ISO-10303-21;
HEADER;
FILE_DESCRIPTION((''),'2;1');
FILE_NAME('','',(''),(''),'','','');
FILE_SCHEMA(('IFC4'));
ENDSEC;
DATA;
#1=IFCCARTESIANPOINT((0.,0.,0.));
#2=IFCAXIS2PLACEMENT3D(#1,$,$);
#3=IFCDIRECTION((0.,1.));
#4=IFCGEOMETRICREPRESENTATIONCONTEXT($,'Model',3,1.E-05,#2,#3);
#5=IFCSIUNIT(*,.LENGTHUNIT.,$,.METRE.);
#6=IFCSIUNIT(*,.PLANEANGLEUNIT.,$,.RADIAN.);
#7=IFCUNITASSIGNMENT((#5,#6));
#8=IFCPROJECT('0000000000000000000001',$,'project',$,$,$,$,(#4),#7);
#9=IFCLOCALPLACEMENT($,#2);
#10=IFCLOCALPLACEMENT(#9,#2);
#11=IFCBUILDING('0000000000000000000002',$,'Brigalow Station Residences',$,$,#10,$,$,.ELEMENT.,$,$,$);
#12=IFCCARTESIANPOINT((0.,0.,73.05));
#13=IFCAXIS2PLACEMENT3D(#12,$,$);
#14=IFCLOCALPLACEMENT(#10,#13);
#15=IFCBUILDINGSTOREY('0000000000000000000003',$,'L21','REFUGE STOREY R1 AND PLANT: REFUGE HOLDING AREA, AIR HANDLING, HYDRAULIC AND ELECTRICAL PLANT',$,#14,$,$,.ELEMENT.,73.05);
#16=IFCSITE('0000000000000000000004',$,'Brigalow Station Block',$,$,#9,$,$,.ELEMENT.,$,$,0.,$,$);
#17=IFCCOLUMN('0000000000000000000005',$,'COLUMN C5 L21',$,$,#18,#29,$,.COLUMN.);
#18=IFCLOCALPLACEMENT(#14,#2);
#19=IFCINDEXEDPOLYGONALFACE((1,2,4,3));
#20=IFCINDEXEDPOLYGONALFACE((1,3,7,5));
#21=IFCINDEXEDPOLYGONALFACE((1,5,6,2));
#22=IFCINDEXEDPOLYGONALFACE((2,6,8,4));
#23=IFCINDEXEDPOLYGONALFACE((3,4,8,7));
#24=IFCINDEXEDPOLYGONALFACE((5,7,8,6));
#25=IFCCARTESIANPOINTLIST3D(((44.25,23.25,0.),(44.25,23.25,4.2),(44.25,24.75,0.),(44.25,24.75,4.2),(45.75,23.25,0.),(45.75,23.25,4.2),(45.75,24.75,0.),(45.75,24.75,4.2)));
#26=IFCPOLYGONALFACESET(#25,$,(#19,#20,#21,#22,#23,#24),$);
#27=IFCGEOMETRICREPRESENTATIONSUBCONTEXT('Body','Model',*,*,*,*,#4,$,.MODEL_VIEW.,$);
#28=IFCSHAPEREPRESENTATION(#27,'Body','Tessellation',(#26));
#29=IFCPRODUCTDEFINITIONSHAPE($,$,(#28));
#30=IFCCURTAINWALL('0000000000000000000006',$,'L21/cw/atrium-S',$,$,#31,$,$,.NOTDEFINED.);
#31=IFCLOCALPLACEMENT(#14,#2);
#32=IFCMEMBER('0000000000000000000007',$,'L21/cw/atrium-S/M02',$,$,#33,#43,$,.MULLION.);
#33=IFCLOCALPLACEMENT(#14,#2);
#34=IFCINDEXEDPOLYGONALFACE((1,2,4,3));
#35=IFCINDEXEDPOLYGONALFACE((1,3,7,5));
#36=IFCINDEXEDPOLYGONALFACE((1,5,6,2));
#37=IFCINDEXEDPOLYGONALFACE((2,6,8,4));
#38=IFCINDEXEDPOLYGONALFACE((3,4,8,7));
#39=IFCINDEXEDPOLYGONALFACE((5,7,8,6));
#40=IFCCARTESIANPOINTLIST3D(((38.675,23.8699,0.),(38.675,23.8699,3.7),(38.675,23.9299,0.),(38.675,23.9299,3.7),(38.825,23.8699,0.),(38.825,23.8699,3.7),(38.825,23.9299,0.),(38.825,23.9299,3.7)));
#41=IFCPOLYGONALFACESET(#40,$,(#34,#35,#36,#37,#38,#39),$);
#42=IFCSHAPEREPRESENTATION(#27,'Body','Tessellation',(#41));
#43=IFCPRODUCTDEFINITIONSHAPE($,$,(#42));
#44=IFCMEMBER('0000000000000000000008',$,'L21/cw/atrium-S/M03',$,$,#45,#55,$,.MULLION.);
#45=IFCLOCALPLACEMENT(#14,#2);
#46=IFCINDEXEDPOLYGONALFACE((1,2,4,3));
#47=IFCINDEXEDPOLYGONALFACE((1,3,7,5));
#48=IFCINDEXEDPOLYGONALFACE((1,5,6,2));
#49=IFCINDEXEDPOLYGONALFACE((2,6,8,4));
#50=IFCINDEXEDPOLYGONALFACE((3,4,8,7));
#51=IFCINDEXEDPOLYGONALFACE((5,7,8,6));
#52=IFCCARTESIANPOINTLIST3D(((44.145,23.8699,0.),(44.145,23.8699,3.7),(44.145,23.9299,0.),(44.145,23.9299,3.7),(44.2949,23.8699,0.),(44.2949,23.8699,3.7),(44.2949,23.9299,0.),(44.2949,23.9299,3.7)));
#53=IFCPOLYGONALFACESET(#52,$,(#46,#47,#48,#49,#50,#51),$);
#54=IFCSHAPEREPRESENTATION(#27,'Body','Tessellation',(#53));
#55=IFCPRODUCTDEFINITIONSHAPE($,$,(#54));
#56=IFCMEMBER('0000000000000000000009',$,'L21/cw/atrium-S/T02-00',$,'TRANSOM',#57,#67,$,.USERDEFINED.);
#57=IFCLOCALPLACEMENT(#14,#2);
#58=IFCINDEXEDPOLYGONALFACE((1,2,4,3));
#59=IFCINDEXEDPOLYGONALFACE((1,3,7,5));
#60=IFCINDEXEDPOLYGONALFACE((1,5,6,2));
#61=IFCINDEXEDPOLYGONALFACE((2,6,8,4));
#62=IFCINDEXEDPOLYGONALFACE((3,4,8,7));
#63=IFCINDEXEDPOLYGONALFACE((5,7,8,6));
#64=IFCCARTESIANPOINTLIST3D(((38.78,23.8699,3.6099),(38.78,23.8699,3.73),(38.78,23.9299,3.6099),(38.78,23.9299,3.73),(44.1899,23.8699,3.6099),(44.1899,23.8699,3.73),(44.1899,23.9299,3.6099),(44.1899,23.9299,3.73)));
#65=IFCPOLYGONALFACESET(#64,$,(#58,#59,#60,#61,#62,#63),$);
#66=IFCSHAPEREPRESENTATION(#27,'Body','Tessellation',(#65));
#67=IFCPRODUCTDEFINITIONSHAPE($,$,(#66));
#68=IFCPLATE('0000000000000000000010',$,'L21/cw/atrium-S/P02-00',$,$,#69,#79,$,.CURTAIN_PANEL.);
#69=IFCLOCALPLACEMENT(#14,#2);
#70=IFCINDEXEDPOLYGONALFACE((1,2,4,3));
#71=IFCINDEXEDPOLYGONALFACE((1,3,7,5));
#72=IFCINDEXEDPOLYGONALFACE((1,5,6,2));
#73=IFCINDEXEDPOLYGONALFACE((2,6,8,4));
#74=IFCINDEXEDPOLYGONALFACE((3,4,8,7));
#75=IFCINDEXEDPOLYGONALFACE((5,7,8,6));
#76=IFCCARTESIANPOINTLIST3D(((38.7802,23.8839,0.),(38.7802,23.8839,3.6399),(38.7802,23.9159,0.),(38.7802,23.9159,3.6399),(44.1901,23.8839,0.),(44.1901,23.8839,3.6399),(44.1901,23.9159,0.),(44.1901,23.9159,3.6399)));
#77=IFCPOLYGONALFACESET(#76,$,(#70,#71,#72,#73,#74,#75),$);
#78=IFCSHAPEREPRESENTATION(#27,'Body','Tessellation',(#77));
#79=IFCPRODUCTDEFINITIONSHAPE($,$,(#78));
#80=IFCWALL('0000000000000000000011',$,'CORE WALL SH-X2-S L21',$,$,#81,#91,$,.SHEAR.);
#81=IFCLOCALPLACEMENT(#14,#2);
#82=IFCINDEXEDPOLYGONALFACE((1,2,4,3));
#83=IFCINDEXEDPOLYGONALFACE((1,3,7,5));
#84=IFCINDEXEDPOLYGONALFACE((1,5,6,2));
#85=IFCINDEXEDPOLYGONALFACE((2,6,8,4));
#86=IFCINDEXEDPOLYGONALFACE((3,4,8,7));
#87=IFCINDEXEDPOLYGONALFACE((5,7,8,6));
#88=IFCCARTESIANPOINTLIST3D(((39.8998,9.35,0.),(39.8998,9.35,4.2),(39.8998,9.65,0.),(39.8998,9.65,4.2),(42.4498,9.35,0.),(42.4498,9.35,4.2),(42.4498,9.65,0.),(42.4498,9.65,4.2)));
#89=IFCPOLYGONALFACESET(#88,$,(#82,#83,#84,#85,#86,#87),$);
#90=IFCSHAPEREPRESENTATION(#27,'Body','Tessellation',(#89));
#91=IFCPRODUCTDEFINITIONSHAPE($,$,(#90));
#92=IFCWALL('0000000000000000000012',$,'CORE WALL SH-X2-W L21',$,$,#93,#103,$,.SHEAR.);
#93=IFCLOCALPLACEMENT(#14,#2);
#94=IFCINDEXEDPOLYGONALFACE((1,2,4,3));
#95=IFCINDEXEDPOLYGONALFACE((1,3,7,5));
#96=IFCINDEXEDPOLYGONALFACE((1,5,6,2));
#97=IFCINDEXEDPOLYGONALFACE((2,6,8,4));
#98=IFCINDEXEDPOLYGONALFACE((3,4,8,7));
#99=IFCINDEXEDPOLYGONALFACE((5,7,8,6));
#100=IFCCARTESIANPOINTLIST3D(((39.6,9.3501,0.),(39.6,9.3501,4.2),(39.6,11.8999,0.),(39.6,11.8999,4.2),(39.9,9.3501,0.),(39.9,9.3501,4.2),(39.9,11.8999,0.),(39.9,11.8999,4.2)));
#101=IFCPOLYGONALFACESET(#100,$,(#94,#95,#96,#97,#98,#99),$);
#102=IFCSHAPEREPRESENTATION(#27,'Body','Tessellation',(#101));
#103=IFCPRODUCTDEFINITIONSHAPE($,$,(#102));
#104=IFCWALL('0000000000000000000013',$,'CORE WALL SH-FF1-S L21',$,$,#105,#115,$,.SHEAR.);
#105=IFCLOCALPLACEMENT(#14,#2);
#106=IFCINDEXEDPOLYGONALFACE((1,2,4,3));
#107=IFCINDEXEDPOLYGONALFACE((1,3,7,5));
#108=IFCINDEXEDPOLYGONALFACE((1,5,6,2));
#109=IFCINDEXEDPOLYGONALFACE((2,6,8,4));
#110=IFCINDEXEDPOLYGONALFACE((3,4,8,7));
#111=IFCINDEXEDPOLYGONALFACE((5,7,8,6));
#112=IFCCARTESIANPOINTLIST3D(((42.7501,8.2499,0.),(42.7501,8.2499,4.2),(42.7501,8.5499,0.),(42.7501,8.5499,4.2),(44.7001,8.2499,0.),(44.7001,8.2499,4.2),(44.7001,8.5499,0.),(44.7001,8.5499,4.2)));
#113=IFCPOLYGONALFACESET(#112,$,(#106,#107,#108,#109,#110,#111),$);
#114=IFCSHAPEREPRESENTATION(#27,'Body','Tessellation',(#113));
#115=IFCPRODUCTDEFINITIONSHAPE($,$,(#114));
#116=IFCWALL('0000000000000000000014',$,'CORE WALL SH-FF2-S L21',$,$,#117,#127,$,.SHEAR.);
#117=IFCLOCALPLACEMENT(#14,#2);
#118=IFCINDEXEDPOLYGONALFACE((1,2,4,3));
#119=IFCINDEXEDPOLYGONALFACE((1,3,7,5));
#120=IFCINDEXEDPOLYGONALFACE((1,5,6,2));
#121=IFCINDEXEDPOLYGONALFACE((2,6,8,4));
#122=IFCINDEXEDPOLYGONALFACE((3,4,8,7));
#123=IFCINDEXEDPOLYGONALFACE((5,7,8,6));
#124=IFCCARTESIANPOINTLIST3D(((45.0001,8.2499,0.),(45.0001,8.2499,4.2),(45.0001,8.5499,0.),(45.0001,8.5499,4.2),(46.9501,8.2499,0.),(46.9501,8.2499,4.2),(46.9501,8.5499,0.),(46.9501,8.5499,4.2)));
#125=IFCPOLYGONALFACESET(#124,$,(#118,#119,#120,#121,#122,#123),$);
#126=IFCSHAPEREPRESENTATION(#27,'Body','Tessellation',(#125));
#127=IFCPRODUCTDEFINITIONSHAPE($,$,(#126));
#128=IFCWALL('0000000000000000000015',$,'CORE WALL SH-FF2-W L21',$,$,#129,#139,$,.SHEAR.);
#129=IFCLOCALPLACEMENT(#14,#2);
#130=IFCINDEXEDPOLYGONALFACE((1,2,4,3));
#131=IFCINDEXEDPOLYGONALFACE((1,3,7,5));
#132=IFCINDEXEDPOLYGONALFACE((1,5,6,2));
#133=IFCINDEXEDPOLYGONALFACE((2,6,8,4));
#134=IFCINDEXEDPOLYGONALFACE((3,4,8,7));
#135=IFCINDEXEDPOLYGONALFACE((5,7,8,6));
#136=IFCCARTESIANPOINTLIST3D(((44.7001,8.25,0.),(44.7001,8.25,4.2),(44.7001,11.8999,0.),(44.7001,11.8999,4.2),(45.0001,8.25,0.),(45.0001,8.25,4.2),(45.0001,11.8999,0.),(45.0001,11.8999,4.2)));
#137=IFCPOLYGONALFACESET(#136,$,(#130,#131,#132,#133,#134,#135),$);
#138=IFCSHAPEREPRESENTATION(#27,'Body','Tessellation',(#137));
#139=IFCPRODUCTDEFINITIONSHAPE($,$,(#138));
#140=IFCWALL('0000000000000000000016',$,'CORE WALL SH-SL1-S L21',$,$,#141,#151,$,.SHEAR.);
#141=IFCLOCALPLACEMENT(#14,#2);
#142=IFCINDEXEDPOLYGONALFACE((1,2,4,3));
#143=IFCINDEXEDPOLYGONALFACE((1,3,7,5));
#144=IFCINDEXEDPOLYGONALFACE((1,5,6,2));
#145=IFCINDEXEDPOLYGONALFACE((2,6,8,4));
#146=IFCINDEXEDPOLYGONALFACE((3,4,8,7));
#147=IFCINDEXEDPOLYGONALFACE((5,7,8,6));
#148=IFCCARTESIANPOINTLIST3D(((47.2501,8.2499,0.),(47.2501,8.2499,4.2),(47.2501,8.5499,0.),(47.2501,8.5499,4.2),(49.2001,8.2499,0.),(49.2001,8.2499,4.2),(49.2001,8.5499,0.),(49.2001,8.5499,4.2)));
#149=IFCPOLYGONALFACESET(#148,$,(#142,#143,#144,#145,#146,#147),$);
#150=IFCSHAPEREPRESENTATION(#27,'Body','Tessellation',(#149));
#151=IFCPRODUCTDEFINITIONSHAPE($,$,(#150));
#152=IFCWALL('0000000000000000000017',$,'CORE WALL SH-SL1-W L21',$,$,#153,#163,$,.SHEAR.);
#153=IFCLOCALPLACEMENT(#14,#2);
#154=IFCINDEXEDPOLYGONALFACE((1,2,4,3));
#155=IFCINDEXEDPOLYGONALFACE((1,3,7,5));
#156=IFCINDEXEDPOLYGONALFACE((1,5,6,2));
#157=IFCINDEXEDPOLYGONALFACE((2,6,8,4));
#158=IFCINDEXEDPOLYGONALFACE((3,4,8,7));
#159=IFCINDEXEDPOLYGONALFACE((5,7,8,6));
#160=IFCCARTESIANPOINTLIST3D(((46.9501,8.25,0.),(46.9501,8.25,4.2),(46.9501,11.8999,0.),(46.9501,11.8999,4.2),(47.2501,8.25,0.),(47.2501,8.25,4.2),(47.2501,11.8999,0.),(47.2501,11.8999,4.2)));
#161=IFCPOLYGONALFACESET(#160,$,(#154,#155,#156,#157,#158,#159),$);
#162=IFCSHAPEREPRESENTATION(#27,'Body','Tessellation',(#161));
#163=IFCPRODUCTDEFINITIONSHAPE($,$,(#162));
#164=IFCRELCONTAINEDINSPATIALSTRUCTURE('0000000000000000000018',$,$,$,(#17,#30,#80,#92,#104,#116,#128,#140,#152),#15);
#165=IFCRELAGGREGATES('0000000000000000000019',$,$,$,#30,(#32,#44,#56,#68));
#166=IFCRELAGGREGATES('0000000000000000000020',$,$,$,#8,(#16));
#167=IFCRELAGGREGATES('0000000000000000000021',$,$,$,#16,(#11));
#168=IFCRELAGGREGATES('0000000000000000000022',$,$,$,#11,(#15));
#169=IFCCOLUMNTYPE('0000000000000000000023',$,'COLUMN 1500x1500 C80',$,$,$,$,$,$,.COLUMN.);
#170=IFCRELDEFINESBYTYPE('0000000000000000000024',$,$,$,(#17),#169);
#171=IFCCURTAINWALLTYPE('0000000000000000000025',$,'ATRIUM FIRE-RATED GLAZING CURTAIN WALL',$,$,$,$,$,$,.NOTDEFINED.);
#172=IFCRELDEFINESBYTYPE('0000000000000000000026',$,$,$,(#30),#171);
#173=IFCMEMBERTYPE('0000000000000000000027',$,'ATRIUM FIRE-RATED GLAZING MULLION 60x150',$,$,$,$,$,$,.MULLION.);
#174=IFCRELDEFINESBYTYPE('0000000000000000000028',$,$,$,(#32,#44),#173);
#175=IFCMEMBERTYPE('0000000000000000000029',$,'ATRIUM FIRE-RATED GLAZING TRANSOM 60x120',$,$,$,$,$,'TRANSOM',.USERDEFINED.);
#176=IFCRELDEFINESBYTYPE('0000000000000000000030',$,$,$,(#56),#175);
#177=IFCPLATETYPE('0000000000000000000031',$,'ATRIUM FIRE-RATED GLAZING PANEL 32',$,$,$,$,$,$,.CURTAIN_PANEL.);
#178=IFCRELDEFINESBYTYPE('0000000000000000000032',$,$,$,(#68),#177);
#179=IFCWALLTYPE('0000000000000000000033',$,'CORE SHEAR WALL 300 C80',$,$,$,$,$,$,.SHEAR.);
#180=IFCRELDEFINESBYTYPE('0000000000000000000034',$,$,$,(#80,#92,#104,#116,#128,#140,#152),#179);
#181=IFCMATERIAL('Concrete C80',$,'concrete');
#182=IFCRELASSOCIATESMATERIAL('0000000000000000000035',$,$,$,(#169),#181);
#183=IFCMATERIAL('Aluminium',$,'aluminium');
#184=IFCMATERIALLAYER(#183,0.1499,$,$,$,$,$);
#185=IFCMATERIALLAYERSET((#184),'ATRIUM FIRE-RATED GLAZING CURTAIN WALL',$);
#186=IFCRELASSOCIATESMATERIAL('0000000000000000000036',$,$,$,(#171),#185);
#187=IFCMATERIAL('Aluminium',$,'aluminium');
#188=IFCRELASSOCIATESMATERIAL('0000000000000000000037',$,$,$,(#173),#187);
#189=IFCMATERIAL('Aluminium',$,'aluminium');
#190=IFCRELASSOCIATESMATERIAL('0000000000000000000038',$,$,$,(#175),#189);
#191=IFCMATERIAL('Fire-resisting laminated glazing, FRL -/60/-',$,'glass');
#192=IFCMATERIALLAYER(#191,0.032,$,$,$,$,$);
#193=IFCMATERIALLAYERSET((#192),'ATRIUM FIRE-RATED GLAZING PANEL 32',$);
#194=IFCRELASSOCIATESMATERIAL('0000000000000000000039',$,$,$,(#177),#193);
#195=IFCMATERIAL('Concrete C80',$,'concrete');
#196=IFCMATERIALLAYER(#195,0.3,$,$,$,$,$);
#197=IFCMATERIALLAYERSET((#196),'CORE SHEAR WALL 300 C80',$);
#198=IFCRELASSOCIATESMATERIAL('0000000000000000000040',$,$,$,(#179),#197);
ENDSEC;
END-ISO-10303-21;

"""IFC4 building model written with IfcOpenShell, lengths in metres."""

from ifc_helpers import new_model, si_unit, direction, frame, frame_2d, origin, origin_2d, place, context, subcontext, project, spatial, rectangle, extrude, material, layer, layer_set, material_profile, profile_set, type_object, element, aggregate, save


model = new_model("IFC4")

# Units and contexts
model_context = context("Model", 3, precision=1e-05, world=origin(), true_north=direction((0.0, 1.0)))
body_context = subcontext(model_context, "Body", "Model", "MODEL_VIEW")
ifc_project = project(units=[si_unit("LENGTHUNIT", "METRE"), si_unit("PLANEANGLEUNIT", "RADIAN")], contexts=[model_context])

# Site, building, storey
site_placement = place(None, origin())
site = spatial("IfcSite", under=ifc_project, at=site_placement, Name="Brigalow Station Block", CompositionType="ELEMENT", RefElevation=0.0)
building_placement = place(site_placement, origin())
building = spatial("IfcBuilding", under=site, at=building_placement, Name="Brigalow Station Residences", CompositionType="ELEMENT")
storey_placement = place(building_placement, frame((0.0, 0.0, 73.05)))
storey = spatial("IfcBuildingStorey", under=building, at=storey_placement, Name="L21", Description="REFUGE STOREY R1 AND PLANT: REFUGE HOLDING AREA, AIR HANDLING, HYDRAULIC AND ELECTRICAL PLANT", CompositionType="ELEMENT", Elevation=73.05)

# Column
ifc_material_1 = material(Name="Concrete C80", Category="concrete")
ifc_material_profile_1 = material_profile(ifc_material_1, rectangle(XDim=1.5, YDim=1.5, at=origin_2d()), Name="RC1500x1500")
ifc_profile_set_1 = profile_set([ifc_material_profile_1], Name="Concrete C80")
column_type = type_object("IfcColumnType", Name="COLUMN 1500x1500 C80", PredefinedType="COLUMN", material=ifc_profile_set_1)
column_placement = place(storey_placement, frame((45.0, 24.0, 0.0), z_axis=(0.0, 0.0, 1.0), x_axis=(1.0, 0.0, 0.0)))
element("IfcColumn", 1, at=column_placement, inside=storey, type_object=column_type, Name="COLUMN C5 L21", PredefinedType="COLUMN", context=body_context, shape_type="SweptSolid", body=[
    extrude(rectangle(XDim=1.5, YDim=1.5, at=origin_2d()), origin(), (0.0, 0.0, 1.0), 4.2),
])

# Curtain wall, members, plate
ifc_material_2 = material(Name="Aluminium", Category="aluminium")
ifc_layer_1 = layer(ifc_material_2, 0.1499)
ifc_layer_set_1 = layer_set([ifc_layer_1], Name="ATRIUM FIRE-RATED GLAZING CURTAIN WALL")
curtain_wall_type = type_object("IfcCurtainWallType", Name="ATRIUM FIRE-RATED GLAZING CURTAIN WALL", PredefinedType="NOTDEFINED", material=ifc_layer_set_1)
curtain_wall_placement = place(storey_placement, origin())
curtain_wall = element("IfcCurtainWall", 2, at=curtain_wall_placement, inside=storey, type_object=curtain_wall_type, Name="L21/cw/atrium-S", PredefinedType="NOTDEFINED")
ifc_material_3 = material(Name="Aluminium", Category="aluminium")
ifc_material_profile_2 = material_profile(ifc_material_3, rectangle(XDim=0.0601, YDim=0.1499, at=origin_2d()), Name="ATRIUM FIRE-RATED GLAZING MULLION 60x150")
ifc_profile_set_2 = profile_set([ifc_material_profile_2], Name="Aluminium")
member_type_1 = type_object("IfcMemberType", Name="ATRIUM FIRE-RATED GLAZING MULLION 60x150", PredefinedType="MULLION", material=ifc_profile_set_2)
member_1_placement = place(storey_placement, frame((38.75, 23.8999, 0.0), z_axis=(0.0, 0.0, 1.0), x_axis=(0.0, 1.0, 0.0)))
member_1 = element("IfcMember", 3, at=member_1_placement, type_object=member_type_1, Name="L21/cw/atrium-S/M02", PredefinedType="MULLION", context=body_context, shape_type="SweptSolid", body=[
    extrude(rectangle(XDim=0.0601, YDim=0.1499, at=origin_2d()), origin(), (0.0, 0.0, 1.0), 3.7),
])
member_2_placement = place(storey_placement, frame((44.22, 23.8999, 0.0), z_axis=(0.0, 0.0, 1.0), x_axis=(0.0, 1.0, 0.0)))
member_2 = element("IfcMember", 4, at=member_2_placement, type_object=member_type_1, Name="L21/cw/atrium-S/M03", PredefinedType="MULLION", context=body_context, shape_type="SweptSolid", body=[
    extrude(rectangle(XDim=0.0601, YDim=0.1499, at=origin_2d()), origin(), (0.0, 0.0, 1.0), 3.7),
])
ifc_material_4 = material(Name="Aluminium", Category="aluminium")
ifc_material_profile_3 = material_profile(ifc_material_4, rectangle(XDim=0.0601, YDim=0.1201, at=origin_2d()), Name="ATRIUM FIRE-RATED GLAZING TRANSOM 60x120")
ifc_profile_set_3 = profile_set([ifc_material_profile_3], Name="Aluminium")
member_type_2 = type_object("IfcMemberType", Name="ATRIUM FIRE-RATED GLAZING TRANSOM 60x120", ElementType="TRANSOM", PredefinedType="USERDEFINED", material=ifc_profile_set_3)
member_3_placement = place(storey_placement, frame((38.78, 23.8999, 3.6699), z_axis=(1.0, 0.0, 0.0), x_axis=(0.0, 1.0, 0.0)))
member_3 = element("IfcMember", 5, at=member_3_placement, type_object=member_type_2, Name="L21/cw/atrium-S/T02-00", ObjectType="TRANSOM", PredefinedType="USERDEFINED", context=body_context, shape_type="SweptSolid", body=[
    extrude(rectangle(XDim=0.0601, YDim=0.1201, at=origin_2d()), origin(), (0.0, 0.0, 1.0), 5.4099),
])
ifc_material_5 = material(Name="Fire-resisting laminated glazing, FRL -/60/-", Category="glass")
ifc_layer_2 = layer(ifc_material_5, 0.032)
ifc_layer_set_2 = layer_set([ifc_layer_2], Name="ATRIUM FIRE-RATED GLAZING PANEL 32")
plate_type = type_object("IfcPlateType", Name="ATRIUM FIRE-RATED GLAZING PANEL 32", PredefinedType="CURTAIN_PANEL", material=ifc_layer_set_2)
plate_placement = place(storey_placement, frame((41.4851, 23.8999, 0.0), z_axis=(0.0, 0.0, 1.0), x_axis=(1.0, 0.0, 0.0)))
plate = element("IfcPlate", 6, at=plate_placement, type_object=plate_type, Name="L21/cw/atrium-S/P02-00", PredefinedType="CURTAIN_PANEL", context=body_context, shape_type="SweptSolid", body=[
    extrude(rectangle(XDim=5.4099, YDim=0.032, at=origin_2d()), origin(), (0.0, 0.0, 1.0), 3.6399),
])
aggregate(curtain_wall, [member_1, member_2, member_3, plate])

# Walls
ifc_material_6 = material(Name="Concrete C80", Category="concrete")
ifc_layer_3 = layer(ifc_material_6, 0.3)
ifc_layer_set_3 = layer_set([ifc_layer_3], Name="CORE SHEAR WALL 300 C80")
wall_type_1 = type_object("IfcWallType", Name="CORE SHEAR WALL 300 C80", PredefinedType="SHEAR", material=ifc_layer_set_3)
wall_1_placement = place(storey_placement, frame((39.8999, 9.5, 0.0), z_axis=(0.0, 0.0, 1.0), x_axis=(1.0, 0.0, 0.0)))
element("IfcWall", 7, at=wall_1_placement, inside=storey, type_object=wall_type_1, Name="CORE WALL SH-X2-S L21", PredefinedType="SHEAR", context=body_context, shape_type="SweptSolid", body=[
    extrude(rectangle(XDim=2.55, YDim=0.3, at=frame_2d((1.2749, 0.0))), origin(), (0.0, 0.0, 1.0), 4.2),
])
wall_2_placement = place(storey_placement, frame((39.75, 9.3501, 0.0), z_axis=(0.0, 0.0, 1.0), x_axis=(0.0, 1.0, 0.0)))
element("IfcWall", 8, at=wall_2_placement, inside=storey, type_object=wall_type_1, Name="CORE WALL SH-X2-W L21", PredefinedType="SHEAR", context=body_context, shape_type="SweptSolid", body=[
    extrude(rectangle(XDim=2.5498, YDim=0.3, at=frame_2d((1.2749, 0.0))), origin(), (0.0, 0.0, 1.0), 4.2),
])
for number, where, z_axis, x_axis, name in (
    (9, (42.75, 8.3999, 0.0), (0.0, 0.0, 1.0), (1.0, 0.0, 0.0), "CORE WALL SH-FF1-S L21"),
    (10, (45.0, 8.3999, 0.0), (0.0, 0.0, 1.0), (1.0, 0.0, 0.0), "CORE WALL SH-FF2-S L21"),
):
    element("IfcWall", number, at=place(storey_placement, frame(where, z_axis=z_axis, x_axis=x_axis)), inside=storey, type_object=wall_type_1, Name=name, PredefinedType="SHEAR", context=body_context, shape_type="SweptSolid", body=[
        extrude(rectangle(XDim=1.95, YDim=0.3, at=frame_2d((0.9751, 0.0))), origin(), (0.0, 0.0, 1.0), 4.2),
    ])
wall_3_placement = place(storey_placement, frame((44.8501, 8.25, 0.0), z_axis=(0.0, 0.0, 1.0), x_axis=(0.0, 1.0, 0.0)))
element("IfcWall", 11, at=wall_3_placement, inside=storey, type_object=wall_type_1, Name="CORE WALL SH-FF2-W L21", PredefinedType="SHEAR", context=body_context, shape_type="SweptSolid", body=[
    extrude(rectangle(XDim=3.6499, YDim=0.3, at=frame_2d((1.825, 0.0))), origin(), (0.0, 0.0, 1.0), 4.2),
])
wall_4_placement = place(storey_placement, frame((47.25, 8.3999, 0.0), z_axis=(0.0, 0.0, 1.0), x_axis=(1.0, 0.0, 0.0)))
element("IfcWall", 12, at=wall_4_placement, inside=storey, type_object=wall_type_1, Name="CORE WALL SH-SL1-S L21", PredefinedType="SHEAR", context=body_context, shape_type="SweptSolid", body=[
    extrude(rectangle(XDim=1.95, YDim=0.3, at=frame_2d((0.9751, 0.0))), origin(), (0.0, 0.0, 1.0), 4.2),
])
wall_5_placement = place(storey_placement, frame((47.1001, 8.25, 0.0), z_axis=(0.0, 0.0, 1.0), x_axis=(0.0, 1.0, 0.0)))
element("IfcWall", 13, at=wall_5_placement, inside=storey, type_object=wall_type_1, Name="CORE WALL SH-SL1-W L21", PredefinedType="SHEAR", context=body_context, shape_type="SweptSolid", body=[
    extrude(rectangle(XDim=3.6499, YDim=0.3, at=frame_2d((1.825, 0.0))), origin(), (0.0, 0.0, 1.0), 4.2),
])

save(model, "model.ifc")
